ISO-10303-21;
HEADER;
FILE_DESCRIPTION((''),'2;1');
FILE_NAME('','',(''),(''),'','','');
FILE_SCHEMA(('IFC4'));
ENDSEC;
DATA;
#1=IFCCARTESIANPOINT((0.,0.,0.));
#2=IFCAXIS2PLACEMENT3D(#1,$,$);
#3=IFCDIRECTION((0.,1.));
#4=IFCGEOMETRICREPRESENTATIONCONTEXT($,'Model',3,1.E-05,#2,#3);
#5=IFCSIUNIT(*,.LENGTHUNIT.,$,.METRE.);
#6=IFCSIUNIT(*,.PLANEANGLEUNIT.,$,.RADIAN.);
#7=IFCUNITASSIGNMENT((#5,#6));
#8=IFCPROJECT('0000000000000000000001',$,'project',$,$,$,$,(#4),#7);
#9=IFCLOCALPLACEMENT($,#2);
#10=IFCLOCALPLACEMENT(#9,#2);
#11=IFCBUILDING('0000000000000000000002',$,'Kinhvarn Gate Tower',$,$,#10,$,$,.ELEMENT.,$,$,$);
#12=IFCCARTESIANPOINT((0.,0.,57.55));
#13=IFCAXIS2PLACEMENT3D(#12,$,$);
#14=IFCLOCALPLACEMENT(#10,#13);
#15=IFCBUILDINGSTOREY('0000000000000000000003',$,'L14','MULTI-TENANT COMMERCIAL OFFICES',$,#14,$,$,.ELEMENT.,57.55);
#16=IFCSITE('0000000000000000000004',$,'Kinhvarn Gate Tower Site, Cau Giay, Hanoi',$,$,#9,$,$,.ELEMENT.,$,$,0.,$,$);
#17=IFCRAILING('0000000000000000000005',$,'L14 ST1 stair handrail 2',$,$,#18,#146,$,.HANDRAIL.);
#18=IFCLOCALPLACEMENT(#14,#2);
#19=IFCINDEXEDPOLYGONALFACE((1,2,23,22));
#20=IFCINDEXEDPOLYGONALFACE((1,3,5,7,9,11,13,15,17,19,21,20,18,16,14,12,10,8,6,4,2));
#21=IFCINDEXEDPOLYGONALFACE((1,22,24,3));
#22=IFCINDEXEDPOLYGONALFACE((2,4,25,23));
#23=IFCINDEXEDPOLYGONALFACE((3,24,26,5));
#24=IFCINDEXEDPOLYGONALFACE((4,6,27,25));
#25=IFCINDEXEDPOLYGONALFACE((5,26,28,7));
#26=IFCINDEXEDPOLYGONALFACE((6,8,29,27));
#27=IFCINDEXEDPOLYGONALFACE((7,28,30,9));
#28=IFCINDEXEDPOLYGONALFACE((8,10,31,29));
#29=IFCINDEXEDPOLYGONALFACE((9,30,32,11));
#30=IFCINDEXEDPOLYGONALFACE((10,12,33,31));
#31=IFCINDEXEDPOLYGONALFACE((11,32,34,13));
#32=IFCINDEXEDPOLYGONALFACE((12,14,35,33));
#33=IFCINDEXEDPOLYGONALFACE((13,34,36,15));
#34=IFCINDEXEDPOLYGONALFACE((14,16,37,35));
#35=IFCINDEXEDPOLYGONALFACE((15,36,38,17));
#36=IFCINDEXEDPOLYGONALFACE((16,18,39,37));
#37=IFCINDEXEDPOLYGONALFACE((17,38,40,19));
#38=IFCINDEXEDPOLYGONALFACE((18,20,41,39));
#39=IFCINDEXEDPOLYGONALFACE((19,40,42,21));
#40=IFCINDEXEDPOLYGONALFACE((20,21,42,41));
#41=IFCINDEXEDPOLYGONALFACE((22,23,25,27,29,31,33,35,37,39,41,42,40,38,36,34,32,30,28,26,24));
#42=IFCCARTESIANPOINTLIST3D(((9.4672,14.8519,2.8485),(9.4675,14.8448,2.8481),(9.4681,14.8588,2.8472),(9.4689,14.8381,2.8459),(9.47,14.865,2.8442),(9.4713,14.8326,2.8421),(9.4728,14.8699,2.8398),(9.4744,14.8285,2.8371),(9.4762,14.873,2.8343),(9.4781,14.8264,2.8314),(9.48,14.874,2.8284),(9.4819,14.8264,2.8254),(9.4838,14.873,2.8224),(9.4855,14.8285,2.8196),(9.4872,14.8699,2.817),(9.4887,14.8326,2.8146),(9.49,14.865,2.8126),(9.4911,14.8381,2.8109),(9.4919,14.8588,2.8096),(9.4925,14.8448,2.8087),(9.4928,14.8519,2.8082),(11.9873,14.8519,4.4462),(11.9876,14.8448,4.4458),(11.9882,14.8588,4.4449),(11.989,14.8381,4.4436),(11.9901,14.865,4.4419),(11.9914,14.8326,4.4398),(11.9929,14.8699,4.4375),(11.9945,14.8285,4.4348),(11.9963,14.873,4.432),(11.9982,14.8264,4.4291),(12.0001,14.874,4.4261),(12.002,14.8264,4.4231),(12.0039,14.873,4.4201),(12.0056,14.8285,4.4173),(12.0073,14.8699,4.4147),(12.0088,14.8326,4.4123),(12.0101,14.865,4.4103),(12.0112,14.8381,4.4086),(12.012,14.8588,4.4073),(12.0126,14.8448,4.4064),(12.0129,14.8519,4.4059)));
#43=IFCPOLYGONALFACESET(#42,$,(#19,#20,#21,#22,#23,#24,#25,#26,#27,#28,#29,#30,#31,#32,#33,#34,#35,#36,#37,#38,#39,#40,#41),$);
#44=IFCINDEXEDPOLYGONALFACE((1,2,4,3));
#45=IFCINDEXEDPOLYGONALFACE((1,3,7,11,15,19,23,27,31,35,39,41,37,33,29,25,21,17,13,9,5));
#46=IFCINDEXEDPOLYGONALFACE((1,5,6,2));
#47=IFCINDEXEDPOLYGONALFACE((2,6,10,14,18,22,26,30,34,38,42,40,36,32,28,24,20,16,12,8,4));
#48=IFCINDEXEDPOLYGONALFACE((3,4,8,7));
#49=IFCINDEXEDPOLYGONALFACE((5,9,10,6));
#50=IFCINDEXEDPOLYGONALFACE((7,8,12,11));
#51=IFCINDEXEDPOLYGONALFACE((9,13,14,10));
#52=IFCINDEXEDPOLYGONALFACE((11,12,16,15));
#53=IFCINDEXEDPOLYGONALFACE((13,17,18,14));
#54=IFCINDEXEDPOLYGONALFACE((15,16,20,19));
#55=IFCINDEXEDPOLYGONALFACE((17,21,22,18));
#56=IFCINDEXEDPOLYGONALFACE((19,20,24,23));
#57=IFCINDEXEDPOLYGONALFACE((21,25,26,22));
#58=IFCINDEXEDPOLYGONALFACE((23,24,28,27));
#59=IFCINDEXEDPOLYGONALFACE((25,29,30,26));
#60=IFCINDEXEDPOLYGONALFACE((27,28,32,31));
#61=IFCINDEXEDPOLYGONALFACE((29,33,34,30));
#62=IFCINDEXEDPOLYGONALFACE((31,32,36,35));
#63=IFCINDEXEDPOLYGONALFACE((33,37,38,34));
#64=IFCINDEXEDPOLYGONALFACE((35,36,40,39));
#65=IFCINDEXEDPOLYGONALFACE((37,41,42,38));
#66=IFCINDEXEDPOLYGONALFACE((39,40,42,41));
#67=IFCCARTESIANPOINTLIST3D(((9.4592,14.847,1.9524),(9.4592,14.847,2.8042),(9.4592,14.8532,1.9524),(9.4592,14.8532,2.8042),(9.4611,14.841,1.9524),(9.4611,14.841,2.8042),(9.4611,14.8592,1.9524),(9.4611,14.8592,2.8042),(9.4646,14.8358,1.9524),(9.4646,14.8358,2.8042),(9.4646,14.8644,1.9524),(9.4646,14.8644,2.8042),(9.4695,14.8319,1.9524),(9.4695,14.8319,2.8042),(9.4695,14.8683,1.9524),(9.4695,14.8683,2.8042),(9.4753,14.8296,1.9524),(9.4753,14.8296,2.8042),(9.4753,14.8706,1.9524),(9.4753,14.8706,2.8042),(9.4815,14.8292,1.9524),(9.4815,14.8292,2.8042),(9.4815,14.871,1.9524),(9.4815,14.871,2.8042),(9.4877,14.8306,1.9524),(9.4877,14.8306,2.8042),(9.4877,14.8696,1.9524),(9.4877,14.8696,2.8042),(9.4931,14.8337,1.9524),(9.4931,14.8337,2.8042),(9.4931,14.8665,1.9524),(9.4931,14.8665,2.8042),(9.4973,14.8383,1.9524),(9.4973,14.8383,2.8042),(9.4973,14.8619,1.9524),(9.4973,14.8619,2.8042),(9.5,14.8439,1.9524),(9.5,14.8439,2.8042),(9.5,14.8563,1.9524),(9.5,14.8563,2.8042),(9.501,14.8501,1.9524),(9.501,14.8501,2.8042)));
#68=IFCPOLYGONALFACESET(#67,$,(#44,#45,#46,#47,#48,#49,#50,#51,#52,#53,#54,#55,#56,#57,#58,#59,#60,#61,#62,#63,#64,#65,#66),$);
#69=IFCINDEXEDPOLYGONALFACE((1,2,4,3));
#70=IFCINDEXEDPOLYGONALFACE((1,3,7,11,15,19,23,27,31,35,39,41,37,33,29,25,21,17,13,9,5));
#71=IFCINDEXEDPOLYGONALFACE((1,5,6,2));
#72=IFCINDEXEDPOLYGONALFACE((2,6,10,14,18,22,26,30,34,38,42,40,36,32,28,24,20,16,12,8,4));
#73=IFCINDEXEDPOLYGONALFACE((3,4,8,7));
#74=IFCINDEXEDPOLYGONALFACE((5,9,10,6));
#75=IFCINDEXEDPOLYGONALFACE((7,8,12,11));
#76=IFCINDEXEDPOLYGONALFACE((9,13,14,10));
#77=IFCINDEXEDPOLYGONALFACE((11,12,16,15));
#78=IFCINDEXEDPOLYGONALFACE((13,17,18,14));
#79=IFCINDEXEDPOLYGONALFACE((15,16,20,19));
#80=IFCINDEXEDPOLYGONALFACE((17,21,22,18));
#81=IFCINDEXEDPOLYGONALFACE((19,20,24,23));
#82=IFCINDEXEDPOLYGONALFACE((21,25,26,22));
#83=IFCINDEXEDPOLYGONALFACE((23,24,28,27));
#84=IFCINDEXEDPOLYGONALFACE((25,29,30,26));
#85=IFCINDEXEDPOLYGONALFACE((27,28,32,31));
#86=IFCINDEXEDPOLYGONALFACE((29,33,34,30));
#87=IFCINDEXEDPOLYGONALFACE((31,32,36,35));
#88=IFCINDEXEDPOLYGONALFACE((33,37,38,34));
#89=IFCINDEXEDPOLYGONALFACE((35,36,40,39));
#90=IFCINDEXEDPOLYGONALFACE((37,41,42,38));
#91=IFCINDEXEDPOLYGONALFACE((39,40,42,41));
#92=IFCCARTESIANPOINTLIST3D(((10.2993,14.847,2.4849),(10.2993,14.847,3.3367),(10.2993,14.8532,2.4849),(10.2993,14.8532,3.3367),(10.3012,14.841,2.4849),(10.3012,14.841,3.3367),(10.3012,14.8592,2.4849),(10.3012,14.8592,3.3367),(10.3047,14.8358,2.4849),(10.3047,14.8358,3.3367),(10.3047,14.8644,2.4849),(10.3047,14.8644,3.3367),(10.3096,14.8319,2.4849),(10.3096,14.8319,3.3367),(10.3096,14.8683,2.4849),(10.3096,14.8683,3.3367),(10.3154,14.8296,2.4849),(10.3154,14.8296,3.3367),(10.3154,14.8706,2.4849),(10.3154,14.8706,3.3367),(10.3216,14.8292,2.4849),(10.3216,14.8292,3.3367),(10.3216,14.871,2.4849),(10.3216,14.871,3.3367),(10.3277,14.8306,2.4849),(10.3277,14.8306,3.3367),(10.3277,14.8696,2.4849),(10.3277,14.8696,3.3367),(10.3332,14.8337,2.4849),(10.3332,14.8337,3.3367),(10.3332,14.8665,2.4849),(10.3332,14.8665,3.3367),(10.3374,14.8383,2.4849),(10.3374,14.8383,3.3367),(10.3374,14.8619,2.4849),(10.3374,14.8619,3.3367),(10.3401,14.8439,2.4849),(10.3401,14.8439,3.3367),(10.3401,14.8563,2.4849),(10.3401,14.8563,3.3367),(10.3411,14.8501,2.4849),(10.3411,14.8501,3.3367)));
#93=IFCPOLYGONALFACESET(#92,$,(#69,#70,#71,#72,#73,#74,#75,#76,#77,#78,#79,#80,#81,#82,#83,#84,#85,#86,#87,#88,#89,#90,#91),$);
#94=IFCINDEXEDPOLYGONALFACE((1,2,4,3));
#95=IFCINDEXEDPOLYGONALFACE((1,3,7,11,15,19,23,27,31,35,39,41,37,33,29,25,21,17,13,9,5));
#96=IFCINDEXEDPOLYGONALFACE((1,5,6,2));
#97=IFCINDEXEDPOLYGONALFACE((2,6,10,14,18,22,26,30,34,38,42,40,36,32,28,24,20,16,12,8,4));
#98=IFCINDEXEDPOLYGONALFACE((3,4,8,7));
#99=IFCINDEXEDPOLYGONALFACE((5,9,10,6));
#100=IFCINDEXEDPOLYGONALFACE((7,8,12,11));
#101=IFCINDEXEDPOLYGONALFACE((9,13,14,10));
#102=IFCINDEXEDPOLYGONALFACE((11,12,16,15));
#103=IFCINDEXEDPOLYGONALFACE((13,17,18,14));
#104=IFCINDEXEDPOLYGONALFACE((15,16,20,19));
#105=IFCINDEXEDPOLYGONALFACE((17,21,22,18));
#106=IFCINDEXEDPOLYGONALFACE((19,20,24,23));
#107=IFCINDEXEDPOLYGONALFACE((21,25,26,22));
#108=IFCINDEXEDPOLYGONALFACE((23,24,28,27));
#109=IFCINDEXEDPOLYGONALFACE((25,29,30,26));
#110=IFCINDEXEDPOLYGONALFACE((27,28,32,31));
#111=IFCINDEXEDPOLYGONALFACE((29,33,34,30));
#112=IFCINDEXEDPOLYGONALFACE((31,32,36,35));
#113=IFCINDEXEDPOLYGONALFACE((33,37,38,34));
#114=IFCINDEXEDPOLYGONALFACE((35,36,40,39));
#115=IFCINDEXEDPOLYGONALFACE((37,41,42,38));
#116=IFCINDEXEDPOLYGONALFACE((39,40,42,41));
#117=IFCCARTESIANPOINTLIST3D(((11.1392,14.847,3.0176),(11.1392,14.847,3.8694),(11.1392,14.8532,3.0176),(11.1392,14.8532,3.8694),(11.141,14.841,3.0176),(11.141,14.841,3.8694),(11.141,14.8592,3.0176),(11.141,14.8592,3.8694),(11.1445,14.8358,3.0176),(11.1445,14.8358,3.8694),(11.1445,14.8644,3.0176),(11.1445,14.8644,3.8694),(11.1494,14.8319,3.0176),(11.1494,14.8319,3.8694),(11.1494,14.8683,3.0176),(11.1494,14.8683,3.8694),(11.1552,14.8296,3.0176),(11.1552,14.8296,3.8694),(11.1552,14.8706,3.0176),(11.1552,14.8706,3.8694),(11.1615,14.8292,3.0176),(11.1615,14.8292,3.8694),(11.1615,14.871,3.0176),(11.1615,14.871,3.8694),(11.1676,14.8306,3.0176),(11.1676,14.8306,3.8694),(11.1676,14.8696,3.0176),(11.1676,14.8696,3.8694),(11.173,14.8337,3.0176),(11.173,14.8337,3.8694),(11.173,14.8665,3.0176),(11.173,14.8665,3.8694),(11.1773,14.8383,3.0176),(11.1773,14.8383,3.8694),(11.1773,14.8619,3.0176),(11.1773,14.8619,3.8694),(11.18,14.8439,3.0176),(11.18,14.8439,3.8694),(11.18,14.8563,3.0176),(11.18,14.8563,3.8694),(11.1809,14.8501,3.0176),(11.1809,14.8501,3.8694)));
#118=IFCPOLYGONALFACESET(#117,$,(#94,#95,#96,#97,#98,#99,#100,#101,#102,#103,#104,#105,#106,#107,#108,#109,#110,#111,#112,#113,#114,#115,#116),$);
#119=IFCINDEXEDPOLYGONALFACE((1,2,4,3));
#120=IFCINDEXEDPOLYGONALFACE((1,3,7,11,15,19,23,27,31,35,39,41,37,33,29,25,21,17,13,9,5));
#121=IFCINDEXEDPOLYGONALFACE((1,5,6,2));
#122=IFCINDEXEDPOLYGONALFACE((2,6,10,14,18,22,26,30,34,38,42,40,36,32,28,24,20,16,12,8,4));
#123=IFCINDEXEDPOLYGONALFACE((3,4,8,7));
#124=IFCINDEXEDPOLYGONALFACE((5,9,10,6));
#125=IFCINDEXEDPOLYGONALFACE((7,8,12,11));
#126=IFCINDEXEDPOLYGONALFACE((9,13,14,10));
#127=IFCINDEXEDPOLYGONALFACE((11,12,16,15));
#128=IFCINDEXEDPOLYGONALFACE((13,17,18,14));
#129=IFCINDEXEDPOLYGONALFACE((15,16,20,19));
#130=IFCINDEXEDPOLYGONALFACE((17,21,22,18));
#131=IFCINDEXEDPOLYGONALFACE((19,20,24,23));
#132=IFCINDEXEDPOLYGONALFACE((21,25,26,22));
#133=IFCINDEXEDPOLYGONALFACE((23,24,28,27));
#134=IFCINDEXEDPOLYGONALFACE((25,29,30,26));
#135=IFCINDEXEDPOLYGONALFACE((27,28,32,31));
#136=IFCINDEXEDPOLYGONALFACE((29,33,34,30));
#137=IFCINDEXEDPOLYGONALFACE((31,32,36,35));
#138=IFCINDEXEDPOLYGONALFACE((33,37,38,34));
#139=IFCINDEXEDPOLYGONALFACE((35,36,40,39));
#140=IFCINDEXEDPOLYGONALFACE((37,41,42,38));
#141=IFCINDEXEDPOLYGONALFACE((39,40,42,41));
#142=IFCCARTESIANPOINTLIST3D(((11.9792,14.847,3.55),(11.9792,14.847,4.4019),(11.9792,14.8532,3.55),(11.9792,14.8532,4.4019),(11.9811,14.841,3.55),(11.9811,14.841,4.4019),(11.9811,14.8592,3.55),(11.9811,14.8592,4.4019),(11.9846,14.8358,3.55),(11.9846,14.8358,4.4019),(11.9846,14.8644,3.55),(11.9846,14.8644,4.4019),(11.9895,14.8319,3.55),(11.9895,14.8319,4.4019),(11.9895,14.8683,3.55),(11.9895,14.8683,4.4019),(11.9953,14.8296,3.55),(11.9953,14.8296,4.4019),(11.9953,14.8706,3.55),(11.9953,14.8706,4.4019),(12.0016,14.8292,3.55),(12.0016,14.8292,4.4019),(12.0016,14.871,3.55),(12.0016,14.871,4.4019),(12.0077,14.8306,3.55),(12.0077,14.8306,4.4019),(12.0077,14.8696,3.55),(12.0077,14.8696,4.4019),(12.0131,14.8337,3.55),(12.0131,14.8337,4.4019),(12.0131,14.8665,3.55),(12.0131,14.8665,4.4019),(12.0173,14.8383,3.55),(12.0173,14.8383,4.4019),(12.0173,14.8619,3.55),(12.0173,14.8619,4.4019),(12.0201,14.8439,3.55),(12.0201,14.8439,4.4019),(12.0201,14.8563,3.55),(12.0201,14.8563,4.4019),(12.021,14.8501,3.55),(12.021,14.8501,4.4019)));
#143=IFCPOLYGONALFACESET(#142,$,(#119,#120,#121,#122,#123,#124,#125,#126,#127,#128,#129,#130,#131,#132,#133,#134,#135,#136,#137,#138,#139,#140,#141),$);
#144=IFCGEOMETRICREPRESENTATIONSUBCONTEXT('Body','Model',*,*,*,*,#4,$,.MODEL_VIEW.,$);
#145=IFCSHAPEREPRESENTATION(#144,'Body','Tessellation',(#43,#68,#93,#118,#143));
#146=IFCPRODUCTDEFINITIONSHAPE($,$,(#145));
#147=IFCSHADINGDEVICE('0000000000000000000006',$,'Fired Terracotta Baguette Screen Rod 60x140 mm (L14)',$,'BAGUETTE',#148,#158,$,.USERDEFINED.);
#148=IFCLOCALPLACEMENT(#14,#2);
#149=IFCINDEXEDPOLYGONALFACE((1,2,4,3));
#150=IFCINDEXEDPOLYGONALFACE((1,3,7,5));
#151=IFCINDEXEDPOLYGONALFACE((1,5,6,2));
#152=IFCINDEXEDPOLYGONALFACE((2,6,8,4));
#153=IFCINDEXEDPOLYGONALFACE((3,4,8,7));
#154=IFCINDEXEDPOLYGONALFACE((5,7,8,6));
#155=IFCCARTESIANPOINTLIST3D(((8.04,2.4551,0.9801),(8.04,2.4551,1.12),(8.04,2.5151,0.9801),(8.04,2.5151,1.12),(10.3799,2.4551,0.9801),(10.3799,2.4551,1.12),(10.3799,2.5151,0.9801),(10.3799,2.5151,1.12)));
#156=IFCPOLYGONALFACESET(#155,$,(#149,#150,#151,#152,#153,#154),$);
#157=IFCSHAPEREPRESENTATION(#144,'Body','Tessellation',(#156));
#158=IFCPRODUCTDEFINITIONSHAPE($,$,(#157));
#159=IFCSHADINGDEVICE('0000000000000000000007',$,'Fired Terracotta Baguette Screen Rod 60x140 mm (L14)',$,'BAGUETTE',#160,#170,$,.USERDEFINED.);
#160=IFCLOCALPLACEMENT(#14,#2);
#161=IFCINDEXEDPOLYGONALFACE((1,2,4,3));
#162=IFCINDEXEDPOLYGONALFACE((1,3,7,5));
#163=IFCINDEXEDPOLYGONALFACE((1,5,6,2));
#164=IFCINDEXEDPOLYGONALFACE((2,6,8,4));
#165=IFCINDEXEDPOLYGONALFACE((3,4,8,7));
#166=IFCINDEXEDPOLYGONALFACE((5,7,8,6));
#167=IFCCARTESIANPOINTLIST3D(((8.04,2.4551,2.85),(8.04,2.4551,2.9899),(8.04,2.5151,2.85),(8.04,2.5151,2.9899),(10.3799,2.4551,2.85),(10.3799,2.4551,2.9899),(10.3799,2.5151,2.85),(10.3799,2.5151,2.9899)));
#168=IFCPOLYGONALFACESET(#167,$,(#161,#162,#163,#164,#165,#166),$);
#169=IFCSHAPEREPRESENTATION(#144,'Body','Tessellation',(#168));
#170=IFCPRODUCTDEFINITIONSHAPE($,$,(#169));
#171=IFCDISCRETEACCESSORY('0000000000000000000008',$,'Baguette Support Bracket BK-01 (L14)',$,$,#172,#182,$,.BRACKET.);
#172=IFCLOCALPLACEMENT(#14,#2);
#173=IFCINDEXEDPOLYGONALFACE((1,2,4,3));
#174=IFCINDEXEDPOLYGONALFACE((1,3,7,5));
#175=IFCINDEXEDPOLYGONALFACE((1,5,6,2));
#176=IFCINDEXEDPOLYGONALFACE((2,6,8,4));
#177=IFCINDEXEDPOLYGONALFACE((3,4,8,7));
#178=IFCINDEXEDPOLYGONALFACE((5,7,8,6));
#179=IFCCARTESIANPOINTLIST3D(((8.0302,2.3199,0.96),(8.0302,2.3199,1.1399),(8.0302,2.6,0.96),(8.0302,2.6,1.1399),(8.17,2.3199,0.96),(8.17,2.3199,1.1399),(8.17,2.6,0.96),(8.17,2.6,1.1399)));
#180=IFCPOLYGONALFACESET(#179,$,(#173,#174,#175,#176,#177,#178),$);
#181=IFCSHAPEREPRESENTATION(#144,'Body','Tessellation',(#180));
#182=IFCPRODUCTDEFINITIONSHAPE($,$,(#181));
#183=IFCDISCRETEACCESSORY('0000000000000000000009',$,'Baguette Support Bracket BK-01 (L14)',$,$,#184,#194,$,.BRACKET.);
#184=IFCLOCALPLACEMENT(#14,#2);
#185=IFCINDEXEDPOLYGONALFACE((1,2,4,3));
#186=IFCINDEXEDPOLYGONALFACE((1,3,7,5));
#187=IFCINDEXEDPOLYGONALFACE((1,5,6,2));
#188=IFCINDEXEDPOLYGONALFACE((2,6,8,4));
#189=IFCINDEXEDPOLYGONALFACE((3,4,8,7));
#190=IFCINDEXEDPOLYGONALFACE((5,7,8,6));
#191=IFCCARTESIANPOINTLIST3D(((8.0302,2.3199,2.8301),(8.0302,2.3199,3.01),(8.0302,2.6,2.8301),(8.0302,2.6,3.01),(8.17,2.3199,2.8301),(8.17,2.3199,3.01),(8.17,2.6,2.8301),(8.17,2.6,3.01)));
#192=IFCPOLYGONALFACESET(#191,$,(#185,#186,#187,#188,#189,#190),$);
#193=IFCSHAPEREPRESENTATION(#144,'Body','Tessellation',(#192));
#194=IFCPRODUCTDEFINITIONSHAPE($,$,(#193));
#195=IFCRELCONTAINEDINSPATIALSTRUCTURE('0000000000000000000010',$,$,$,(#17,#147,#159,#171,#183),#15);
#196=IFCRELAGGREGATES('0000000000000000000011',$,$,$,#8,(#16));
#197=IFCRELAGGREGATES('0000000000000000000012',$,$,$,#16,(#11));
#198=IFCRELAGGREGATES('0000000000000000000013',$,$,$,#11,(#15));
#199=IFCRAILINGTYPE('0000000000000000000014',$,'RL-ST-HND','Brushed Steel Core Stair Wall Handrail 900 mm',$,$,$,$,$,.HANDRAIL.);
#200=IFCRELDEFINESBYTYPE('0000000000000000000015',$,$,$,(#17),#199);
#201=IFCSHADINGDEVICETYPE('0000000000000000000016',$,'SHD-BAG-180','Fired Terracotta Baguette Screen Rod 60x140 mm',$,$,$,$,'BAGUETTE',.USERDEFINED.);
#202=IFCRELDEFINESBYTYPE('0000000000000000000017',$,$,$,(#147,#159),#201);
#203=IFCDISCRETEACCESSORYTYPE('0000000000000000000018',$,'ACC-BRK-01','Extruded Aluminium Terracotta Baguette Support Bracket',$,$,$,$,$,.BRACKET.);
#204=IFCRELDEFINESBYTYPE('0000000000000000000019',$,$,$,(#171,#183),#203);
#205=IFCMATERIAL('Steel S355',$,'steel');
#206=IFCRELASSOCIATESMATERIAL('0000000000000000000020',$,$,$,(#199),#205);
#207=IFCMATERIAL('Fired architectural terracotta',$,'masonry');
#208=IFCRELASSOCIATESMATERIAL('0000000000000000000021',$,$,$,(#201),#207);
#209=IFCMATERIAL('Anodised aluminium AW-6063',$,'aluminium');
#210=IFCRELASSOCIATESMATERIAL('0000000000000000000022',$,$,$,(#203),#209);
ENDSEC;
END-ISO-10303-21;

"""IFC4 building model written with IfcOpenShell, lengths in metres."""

from ifc_helpers import new_model, si_unit, direction, frame, origin, origin_2d, place, context, subcontext, project, spatial, rectangle, circle, extrude, material, material_profile, profile_set, type_object, element, save


model = new_model("IFC4")

# Units and contexts
model_context = context("Model", 3, precision=1e-05, world=origin(), true_north=direction((0.0, 1.0)))
body_context = subcontext(model_context, "Body", "Model", "MODEL_VIEW")
ifc_project = project(units=[si_unit("LENGTHUNIT", "METRE"), si_unit("PLANEANGLEUNIT", "RADIAN")], contexts=[model_context])

# Site, building, storey
site_placement = place(None, origin())
site = spatial("IfcSite", under=ifc_project, at=site_placement, Name="Kinhvarn Gate Tower Site, Cau Giay, Hanoi", CompositionType="ELEMENT", RefElevation=0.0)
building_placement = place(site_placement, origin())
building = spatial("IfcBuilding", under=site, at=building_placement, Name="Kinhvarn Gate Tower", CompositionType="ELEMENT")
storey_placement = place(building_placement, frame((0.0, 0.0, 57.55)))
storey = spatial("IfcBuildingStorey", under=building, at=storey_placement, Name="L14", Description="MULTI-TENANT COMMERCIAL OFFICES", CompositionType="ELEMENT", Elevation=57.55)

# Shared definitions
ifc_material_1 = material(Name="Anodised aluminium AW-6063", Category="aluminium")

# Shared definitions
ifc_material_2 = material(Name="Steel S355", Category="steel")

# Shared definitions
ifc_material_3 = material(Name="Fired architectural terracotta", Category="masonry")

# Railing
railing_type_1 = type_object("IfcRailingType", Name="RL-ST-HND", Description="Brushed Steel Core Stair Wall Handrail 900 mm", PredefinedType="HANDRAIL", material=ifc_material_2)
railing_1_placement = place(storey_placement, frame((9.48, 14.8501, 1.9524)))
element("IfcRailing", 1, at=railing_1_placement, inside=storey, type_object=railing_type_1, Name="L14 ST1 stair handrail 2", PredefinedType="HANDRAIL", context=body_context, shape_type="SweptSolid", body=[
    extrude(circle(Radius=0.0239, at=origin_2d()), frame((0.0, 0.0, 0.876), z_axis=(0.84457, 0.0, 0.535445), x_axis=(0.0, 1.0, 0.0)), (0.0, 0.0, 1.0), 2.9839),
    extrude(circle(Radius=0.021, at=origin_2d()), origin(), (0.0, 0.0, 1.0), 0.8518),
    extrude(circle(Radius=0.021, at=origin_2d()), frame((0.8401, 0.0, 0.5325)), (0.0, 0.0, 1.0), 0.8518),
    extrude(circle(Radius=0.021, at=origin_2d()), frame((1.6799, 0.0, 1.0652)), (0.0, 0.0, 1.0), 0.8518),
    extrude(circle(Radius=0.021, at=origin_2d()), frame((2.52, 0.0, 1.5977)), (0.0, 0.0, 1.0), 0.8518),
])

# Shading devices
ifc_material_profile_1 = material_profile(ifc_material_3, rectangle(XDim=0.0601, YDim=0.1399, at=origin_2d()), Name="TC 60x140")
ifc_profile_set_1 = profile_set([ifc_material_profile_1], Name="Fired architectural terracotta")
shading_device_type = type_object("IfcShadingDeviceType", Name="SHD-BAG-180", Description="Fired Terracotta Baguette Screen Rod 60x140 mm", ElementType="BAGUETTE", PredefinedType="USERDEFINED", material=ifc_profile_set_1)
for number, where, z_axis, x_axis, name in (
    (2, (8.04, 2.4851, 1.05), (1.0, 0.0, 0.0), (0.0, 1.0, 0.0), "Fired Terracotta Baguette Screen Rod 60x140 mm (L14)"),
    (3, (8.04, 2.4851, 2.9199), (1.0, 0.0, 0.0), (0.0, 1.0, 0.0), "Fired Terracotta Baguette Screen Rod 60x140 mm (L14)"),
):
    element("IfcShadingDevice", number, at=place(storey_placement, frame(where, z_axis=z_axis, x_axis=x_axis)), inside=storey, type_object=shading_device_type, Name=name, ObjectType="BAGUETTE", PredefinedType="USERDEFINED", context=body_context, shape_type="SweptSolid", body=[
        extrude(rectangle(XDim=0.0601, YDim=0.1399, at=origin_2d()), origin(), (0.0, 0.0, 1.0), 2.3398),
    ])

# Discrete accessories
discrete_accessory_type = type_object("IfcDiscreteAccessoryType", Name="ACC-BRK-01", Description="Extruded Aluminium Terracotta Baguette Support Bracket", PredefinedType="BRACKET", material=ifc_material_1)
for number, where, z_axis, x_axis, name in (
    (4, (8.1001, 2.46, 0.96), (0.0, 0.0, 1.0), (1.0, 0.0, 0.0), "Baguette Support Bracket BK-01 (L14)"),
    (5, (8.1001, 2.46, 2.8301), (0.0, 0.0, 1.0), (1.0, 0.0, 0.0), "Baguette Support Bracket BK-01 (L14)"),
):
    element("IfcDiscreteAccessory", number, at=place(storey_placement, frame(where, z_axis=z_axis, x_axis=x_axis)), inside=storey, type_object=discrete_accessory_type, Name=name, PredefinedType="BRACKET", context=body_context, shape_type="SweptSolid", body=[
        extrude(rectangle(XDim=0.1399, YDim=0.28, at=origin_2d()), origin(), (0.0, 0.0, 1.0), 0.1799),
    ])

save(model, "model.ifc")
